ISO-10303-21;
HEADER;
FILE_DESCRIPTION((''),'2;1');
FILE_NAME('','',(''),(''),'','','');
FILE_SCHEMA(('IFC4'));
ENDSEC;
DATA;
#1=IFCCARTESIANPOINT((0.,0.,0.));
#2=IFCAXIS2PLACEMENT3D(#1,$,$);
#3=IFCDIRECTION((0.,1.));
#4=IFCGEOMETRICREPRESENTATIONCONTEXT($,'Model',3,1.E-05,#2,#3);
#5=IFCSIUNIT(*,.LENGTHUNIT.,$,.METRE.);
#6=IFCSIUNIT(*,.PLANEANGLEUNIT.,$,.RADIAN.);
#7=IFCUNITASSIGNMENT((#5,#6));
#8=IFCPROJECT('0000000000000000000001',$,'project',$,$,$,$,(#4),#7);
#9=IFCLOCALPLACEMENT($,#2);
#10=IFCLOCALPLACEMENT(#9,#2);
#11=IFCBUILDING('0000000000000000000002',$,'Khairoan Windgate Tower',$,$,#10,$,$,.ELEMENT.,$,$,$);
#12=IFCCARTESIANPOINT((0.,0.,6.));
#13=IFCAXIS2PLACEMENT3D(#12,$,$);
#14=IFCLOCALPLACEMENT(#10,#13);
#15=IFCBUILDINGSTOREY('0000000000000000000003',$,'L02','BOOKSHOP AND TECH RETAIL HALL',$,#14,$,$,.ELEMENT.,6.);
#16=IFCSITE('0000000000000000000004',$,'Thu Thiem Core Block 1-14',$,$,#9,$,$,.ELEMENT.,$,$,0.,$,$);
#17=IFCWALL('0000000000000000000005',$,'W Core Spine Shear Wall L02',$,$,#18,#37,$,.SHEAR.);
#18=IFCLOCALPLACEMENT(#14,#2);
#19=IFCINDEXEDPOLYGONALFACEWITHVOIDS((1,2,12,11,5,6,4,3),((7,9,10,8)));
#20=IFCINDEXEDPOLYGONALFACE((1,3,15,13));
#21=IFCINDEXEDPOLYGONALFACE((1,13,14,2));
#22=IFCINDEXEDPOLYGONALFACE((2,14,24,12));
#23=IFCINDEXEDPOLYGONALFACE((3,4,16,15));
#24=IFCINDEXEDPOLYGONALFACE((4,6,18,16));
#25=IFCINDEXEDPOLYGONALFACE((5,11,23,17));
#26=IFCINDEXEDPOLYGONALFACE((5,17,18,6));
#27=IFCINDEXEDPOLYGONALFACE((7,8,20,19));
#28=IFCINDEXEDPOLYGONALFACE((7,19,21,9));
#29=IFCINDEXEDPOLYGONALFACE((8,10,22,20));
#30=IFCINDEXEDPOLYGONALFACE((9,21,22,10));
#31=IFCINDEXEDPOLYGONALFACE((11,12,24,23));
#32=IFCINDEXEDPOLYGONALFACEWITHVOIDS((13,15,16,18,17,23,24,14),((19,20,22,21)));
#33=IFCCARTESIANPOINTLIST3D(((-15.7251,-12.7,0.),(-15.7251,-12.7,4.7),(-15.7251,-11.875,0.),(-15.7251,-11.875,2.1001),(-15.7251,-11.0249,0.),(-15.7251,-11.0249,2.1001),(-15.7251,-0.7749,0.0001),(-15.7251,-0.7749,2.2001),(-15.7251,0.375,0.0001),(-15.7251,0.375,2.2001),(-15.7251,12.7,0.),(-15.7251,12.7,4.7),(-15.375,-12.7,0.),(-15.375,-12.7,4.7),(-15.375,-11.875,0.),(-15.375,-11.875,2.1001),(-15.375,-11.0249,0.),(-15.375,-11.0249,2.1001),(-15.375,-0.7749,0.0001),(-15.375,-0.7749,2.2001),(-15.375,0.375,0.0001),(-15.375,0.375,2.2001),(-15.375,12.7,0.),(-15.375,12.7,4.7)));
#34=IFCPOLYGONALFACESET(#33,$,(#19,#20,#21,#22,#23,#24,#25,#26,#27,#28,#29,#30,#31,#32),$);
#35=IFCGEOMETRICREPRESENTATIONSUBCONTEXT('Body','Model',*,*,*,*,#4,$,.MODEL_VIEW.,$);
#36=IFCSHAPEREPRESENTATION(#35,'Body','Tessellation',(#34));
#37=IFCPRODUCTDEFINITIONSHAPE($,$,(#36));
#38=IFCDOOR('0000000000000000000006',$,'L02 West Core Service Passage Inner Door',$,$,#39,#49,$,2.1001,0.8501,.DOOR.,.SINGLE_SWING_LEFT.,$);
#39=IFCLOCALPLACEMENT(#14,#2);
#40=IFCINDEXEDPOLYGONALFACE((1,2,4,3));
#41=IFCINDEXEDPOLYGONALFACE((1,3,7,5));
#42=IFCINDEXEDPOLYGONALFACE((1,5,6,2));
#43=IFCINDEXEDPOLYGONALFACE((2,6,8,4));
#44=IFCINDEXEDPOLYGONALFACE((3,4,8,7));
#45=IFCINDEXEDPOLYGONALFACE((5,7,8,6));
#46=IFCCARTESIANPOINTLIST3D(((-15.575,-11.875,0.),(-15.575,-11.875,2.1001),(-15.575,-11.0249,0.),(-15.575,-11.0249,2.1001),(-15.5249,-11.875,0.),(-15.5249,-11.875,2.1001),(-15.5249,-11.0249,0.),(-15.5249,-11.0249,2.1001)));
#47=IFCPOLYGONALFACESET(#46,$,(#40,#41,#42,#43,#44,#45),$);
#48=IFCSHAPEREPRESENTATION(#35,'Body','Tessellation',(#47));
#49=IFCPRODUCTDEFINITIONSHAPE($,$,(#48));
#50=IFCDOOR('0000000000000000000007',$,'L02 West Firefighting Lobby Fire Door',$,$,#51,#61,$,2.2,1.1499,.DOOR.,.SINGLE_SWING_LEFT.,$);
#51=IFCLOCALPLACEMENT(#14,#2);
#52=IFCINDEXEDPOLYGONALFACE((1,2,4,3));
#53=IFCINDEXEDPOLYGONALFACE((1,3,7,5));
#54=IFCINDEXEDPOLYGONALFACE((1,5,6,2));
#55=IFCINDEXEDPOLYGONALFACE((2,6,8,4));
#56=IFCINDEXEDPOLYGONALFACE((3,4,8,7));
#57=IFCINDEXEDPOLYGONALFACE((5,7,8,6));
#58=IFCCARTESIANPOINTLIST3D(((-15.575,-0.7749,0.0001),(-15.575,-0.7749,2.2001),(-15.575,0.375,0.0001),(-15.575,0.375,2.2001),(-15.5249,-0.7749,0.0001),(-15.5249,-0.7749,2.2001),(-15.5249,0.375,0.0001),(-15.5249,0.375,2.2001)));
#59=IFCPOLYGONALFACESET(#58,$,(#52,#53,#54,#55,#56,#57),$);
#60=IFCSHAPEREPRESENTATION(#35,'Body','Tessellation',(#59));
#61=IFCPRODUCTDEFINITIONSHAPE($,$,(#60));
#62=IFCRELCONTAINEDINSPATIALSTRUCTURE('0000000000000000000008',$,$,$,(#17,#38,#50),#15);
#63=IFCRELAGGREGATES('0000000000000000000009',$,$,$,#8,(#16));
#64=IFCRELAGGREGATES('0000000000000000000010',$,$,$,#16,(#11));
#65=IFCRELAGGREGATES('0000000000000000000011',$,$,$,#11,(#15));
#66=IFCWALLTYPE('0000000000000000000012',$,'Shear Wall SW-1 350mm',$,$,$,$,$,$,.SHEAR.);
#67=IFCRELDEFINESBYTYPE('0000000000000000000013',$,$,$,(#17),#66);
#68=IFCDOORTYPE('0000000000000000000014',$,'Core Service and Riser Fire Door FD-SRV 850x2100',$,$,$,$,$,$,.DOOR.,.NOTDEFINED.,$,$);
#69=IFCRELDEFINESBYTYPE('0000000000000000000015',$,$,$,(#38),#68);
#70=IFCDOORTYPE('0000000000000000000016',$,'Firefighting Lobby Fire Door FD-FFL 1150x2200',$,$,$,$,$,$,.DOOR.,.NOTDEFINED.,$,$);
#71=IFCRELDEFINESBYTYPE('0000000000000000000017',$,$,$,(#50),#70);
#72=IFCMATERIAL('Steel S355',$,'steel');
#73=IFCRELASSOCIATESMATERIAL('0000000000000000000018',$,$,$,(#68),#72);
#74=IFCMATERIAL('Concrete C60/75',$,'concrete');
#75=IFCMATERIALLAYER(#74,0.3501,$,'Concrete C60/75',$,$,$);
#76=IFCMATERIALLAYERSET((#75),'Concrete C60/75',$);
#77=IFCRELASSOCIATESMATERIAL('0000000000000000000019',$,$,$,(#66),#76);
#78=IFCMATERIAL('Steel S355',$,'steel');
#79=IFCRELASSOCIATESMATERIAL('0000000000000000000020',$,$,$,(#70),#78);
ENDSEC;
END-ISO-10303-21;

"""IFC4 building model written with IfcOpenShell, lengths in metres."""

from ifc_helpers import new_model, si_unit, direction, frame, frame_2d, origin, place, context, subcontext, project, spatial, rectangle, extrude, material, layer, layer_set, type_object, element, fill, save


model = new_model("IFC4")

# Units and contexts
model_context = context("Model", 3, precision=1e-05, world=origin(), true_north=direction((0.0, 1.0)))
body_context = subcontext(model_context, "Body", "Model", "MODEL_VIEW")
ifc_project = project(units=[si_unit("LENGTHUNIT", "METRE"), si_unit("PLANEANGLEUNIT", "RADIAN")], contexts=[model_context])

# Site, building, storey
site_placement = place(None, origin())
site = spatial("IfcSite", under=ifc_project, at=site_placement, Name="Thu Thiem Core Block 1-14", CompositionType="ELEMENT", RefElevation=0.0)
building_placement = place(site_placement, origin())
building = spatial("IfcBuilding", under=site, at=building_placement, Name="Khairoan Windgate Tower", CompositionType="ELEMENT")
storey_placement = place(building_placement, frame((0.0, 0.0, 6.0)))
storey = spatial("IfcBuildingStorey", under=building, at=storey_placement, Name="L02", Description="BOOKSHOP AND TECH RETAIL HALL", CompositionType="ELEMENT", Elevation=6.0)

# Shared definitions
ifc_material_1 = material(Name="Steel S355", Category="steel")
door_type_1 = type_object("IfcDoorType", Name="Core Service and Riser Fire Door FD-SRV 850x2100", OperationType="NOTDEFINED", PredefinedType="DOOR", material=ifc_material_1)

# Wall, openings, doors
ifc_material_2 = material(Name="Concrete C60/75", Category="concrete")
ifc_layer_1 = layer(ifc_material_2, 0.3501, Name="Concrete C60/75")
ifc_layer_set_1 = layer_set([ifc_layer_1], Name="Concrete C60/75")
wall_type_1 = type_object("IfcWallType", Name="Shear Wall SW-1 350mm", PredefinedType="SHEAR", material=ifc_layer_set_1)
wall_1_placement = place(storey_placement, frame((-15.55, -12.7, 0.0), z_axis=(0.0, 0.0, 1.0), x_axis=(0.0, 1.0, 0.0)))
wall_1 = element("IfcWall", 1, at=wall_1_placement, inside=storey, type_object=wall_type_1, Name="W Core Spine Shear Wall L02", PredefinedType="SHEAR", context=body_context, shape_type="SweptSolid", body=[
    extrude(rectangle(XDim=25.3999, YDim=0.3501, at=frame_2d((12.7, 0.0))), origin(), (0.0, 0.0, 1.0), 4.7),
])
opening_1_placement = place(wall_1_placement, frame((11.925, 0.0, 0.0)))
opening_1 = element("IfcOpeningElement", 2, at=opening_1_placement, cuts=wall_1, PredefinedType="OPENING", context=body_context, shape_type="SweptSolid", body=[
    extrude(rectangle(XDim=1.1499, YDim=2.2, at=frame_2d((0.575, 1.1001))), frame((0.0, 0.1851, 0.0), z_axis=(0.0, -1.0, 0.0), x_axis=(1.0, 0.0, 0.0)), (0.0, 0.0, 1.0), 0.3701),
])
opening_2_placement = place(wall_1_placement, frame((0.825, 0.0, 0.0)))
opening_2 = element("IfcOpeningElement", 3, at=opening_2_placement, cuts=wall_1, PredefinedType="OPENING", context=body_context, shape_type="SweptSolid", body=[
    extrude(rectangle(XDim=0.8501, YDim=2.1001, at=frame_2d((0.425, 1.05))), frame((0.0, 0.1851, 0.0), z_axis=(0.0, -1.0, 0.0), x_axis=(1.0, 0.0, 0.0)), (0.0, 0.0, 1.0), 0.3701),
])
door_1_placement = place(opening_2_placement, origin())
door_1 = element("IfcDoor", 4, at=door_1_placement, inside=storey, type_object=door_type_1, Name="L02 West Core Service Passage Inner Door", OperationType="SINGLE_SWING_LEFT", OverallHeight=2.1001, OverallWidth=0.8501, PredefinedType="DOOR", context=body_context, shape_type="SweptSolid", body=[
    extrude(rectangle(XDim=0.8501, YDim=2.1001, at=frame_2d((0.425, 1.05))), frame((0.0, 0.0249, 0.0), z_axis=(0.0, -1.0, 0.0), x_axis=(1.0, 0.0, 0.0)), (0.0, 0.0, 1.0), 0.05),
])
fill(opening_2, door_1)
ifc_material_3 = material(Name="Steel S355", Category="steel")
door_type_2 = type_object("IfcDoorType", Name="Firefighting Lobby Fire Door FD-FFL 1150x2200", OperationType="NOTDEFINED", PredefinedType="DOOR", material=ifc_material_3)
door_2_placement = place(opening_1_placement, origin())
door_2 = element("IfcDoor", 5, at=door_2_placement, inside=storey, type_object=door_type_2, Name="L02 West Firefighting Lobby Fire Door", OperationType="SINGLE_SWING_LEFT", OverallHeight=2.2, OverallWidth=1.1499, PredefinedType="DOOR", context=body_context, shape_type="SweptSolid", body=[
    extrude(rectangle(XDim=1.1499, YDim=2.2, at=frame_2d((0.575, 1.1001))), frame((0.0, 0.0249, 0.0), z_axis=(0.0, -1.0, 0.0), x_axis=(1.0, 0.0, 0.0)), (0.0, 0.0, 1.0), 0.05),
])
fill(opening_1, door_2)

save(model, "model.ifc")
